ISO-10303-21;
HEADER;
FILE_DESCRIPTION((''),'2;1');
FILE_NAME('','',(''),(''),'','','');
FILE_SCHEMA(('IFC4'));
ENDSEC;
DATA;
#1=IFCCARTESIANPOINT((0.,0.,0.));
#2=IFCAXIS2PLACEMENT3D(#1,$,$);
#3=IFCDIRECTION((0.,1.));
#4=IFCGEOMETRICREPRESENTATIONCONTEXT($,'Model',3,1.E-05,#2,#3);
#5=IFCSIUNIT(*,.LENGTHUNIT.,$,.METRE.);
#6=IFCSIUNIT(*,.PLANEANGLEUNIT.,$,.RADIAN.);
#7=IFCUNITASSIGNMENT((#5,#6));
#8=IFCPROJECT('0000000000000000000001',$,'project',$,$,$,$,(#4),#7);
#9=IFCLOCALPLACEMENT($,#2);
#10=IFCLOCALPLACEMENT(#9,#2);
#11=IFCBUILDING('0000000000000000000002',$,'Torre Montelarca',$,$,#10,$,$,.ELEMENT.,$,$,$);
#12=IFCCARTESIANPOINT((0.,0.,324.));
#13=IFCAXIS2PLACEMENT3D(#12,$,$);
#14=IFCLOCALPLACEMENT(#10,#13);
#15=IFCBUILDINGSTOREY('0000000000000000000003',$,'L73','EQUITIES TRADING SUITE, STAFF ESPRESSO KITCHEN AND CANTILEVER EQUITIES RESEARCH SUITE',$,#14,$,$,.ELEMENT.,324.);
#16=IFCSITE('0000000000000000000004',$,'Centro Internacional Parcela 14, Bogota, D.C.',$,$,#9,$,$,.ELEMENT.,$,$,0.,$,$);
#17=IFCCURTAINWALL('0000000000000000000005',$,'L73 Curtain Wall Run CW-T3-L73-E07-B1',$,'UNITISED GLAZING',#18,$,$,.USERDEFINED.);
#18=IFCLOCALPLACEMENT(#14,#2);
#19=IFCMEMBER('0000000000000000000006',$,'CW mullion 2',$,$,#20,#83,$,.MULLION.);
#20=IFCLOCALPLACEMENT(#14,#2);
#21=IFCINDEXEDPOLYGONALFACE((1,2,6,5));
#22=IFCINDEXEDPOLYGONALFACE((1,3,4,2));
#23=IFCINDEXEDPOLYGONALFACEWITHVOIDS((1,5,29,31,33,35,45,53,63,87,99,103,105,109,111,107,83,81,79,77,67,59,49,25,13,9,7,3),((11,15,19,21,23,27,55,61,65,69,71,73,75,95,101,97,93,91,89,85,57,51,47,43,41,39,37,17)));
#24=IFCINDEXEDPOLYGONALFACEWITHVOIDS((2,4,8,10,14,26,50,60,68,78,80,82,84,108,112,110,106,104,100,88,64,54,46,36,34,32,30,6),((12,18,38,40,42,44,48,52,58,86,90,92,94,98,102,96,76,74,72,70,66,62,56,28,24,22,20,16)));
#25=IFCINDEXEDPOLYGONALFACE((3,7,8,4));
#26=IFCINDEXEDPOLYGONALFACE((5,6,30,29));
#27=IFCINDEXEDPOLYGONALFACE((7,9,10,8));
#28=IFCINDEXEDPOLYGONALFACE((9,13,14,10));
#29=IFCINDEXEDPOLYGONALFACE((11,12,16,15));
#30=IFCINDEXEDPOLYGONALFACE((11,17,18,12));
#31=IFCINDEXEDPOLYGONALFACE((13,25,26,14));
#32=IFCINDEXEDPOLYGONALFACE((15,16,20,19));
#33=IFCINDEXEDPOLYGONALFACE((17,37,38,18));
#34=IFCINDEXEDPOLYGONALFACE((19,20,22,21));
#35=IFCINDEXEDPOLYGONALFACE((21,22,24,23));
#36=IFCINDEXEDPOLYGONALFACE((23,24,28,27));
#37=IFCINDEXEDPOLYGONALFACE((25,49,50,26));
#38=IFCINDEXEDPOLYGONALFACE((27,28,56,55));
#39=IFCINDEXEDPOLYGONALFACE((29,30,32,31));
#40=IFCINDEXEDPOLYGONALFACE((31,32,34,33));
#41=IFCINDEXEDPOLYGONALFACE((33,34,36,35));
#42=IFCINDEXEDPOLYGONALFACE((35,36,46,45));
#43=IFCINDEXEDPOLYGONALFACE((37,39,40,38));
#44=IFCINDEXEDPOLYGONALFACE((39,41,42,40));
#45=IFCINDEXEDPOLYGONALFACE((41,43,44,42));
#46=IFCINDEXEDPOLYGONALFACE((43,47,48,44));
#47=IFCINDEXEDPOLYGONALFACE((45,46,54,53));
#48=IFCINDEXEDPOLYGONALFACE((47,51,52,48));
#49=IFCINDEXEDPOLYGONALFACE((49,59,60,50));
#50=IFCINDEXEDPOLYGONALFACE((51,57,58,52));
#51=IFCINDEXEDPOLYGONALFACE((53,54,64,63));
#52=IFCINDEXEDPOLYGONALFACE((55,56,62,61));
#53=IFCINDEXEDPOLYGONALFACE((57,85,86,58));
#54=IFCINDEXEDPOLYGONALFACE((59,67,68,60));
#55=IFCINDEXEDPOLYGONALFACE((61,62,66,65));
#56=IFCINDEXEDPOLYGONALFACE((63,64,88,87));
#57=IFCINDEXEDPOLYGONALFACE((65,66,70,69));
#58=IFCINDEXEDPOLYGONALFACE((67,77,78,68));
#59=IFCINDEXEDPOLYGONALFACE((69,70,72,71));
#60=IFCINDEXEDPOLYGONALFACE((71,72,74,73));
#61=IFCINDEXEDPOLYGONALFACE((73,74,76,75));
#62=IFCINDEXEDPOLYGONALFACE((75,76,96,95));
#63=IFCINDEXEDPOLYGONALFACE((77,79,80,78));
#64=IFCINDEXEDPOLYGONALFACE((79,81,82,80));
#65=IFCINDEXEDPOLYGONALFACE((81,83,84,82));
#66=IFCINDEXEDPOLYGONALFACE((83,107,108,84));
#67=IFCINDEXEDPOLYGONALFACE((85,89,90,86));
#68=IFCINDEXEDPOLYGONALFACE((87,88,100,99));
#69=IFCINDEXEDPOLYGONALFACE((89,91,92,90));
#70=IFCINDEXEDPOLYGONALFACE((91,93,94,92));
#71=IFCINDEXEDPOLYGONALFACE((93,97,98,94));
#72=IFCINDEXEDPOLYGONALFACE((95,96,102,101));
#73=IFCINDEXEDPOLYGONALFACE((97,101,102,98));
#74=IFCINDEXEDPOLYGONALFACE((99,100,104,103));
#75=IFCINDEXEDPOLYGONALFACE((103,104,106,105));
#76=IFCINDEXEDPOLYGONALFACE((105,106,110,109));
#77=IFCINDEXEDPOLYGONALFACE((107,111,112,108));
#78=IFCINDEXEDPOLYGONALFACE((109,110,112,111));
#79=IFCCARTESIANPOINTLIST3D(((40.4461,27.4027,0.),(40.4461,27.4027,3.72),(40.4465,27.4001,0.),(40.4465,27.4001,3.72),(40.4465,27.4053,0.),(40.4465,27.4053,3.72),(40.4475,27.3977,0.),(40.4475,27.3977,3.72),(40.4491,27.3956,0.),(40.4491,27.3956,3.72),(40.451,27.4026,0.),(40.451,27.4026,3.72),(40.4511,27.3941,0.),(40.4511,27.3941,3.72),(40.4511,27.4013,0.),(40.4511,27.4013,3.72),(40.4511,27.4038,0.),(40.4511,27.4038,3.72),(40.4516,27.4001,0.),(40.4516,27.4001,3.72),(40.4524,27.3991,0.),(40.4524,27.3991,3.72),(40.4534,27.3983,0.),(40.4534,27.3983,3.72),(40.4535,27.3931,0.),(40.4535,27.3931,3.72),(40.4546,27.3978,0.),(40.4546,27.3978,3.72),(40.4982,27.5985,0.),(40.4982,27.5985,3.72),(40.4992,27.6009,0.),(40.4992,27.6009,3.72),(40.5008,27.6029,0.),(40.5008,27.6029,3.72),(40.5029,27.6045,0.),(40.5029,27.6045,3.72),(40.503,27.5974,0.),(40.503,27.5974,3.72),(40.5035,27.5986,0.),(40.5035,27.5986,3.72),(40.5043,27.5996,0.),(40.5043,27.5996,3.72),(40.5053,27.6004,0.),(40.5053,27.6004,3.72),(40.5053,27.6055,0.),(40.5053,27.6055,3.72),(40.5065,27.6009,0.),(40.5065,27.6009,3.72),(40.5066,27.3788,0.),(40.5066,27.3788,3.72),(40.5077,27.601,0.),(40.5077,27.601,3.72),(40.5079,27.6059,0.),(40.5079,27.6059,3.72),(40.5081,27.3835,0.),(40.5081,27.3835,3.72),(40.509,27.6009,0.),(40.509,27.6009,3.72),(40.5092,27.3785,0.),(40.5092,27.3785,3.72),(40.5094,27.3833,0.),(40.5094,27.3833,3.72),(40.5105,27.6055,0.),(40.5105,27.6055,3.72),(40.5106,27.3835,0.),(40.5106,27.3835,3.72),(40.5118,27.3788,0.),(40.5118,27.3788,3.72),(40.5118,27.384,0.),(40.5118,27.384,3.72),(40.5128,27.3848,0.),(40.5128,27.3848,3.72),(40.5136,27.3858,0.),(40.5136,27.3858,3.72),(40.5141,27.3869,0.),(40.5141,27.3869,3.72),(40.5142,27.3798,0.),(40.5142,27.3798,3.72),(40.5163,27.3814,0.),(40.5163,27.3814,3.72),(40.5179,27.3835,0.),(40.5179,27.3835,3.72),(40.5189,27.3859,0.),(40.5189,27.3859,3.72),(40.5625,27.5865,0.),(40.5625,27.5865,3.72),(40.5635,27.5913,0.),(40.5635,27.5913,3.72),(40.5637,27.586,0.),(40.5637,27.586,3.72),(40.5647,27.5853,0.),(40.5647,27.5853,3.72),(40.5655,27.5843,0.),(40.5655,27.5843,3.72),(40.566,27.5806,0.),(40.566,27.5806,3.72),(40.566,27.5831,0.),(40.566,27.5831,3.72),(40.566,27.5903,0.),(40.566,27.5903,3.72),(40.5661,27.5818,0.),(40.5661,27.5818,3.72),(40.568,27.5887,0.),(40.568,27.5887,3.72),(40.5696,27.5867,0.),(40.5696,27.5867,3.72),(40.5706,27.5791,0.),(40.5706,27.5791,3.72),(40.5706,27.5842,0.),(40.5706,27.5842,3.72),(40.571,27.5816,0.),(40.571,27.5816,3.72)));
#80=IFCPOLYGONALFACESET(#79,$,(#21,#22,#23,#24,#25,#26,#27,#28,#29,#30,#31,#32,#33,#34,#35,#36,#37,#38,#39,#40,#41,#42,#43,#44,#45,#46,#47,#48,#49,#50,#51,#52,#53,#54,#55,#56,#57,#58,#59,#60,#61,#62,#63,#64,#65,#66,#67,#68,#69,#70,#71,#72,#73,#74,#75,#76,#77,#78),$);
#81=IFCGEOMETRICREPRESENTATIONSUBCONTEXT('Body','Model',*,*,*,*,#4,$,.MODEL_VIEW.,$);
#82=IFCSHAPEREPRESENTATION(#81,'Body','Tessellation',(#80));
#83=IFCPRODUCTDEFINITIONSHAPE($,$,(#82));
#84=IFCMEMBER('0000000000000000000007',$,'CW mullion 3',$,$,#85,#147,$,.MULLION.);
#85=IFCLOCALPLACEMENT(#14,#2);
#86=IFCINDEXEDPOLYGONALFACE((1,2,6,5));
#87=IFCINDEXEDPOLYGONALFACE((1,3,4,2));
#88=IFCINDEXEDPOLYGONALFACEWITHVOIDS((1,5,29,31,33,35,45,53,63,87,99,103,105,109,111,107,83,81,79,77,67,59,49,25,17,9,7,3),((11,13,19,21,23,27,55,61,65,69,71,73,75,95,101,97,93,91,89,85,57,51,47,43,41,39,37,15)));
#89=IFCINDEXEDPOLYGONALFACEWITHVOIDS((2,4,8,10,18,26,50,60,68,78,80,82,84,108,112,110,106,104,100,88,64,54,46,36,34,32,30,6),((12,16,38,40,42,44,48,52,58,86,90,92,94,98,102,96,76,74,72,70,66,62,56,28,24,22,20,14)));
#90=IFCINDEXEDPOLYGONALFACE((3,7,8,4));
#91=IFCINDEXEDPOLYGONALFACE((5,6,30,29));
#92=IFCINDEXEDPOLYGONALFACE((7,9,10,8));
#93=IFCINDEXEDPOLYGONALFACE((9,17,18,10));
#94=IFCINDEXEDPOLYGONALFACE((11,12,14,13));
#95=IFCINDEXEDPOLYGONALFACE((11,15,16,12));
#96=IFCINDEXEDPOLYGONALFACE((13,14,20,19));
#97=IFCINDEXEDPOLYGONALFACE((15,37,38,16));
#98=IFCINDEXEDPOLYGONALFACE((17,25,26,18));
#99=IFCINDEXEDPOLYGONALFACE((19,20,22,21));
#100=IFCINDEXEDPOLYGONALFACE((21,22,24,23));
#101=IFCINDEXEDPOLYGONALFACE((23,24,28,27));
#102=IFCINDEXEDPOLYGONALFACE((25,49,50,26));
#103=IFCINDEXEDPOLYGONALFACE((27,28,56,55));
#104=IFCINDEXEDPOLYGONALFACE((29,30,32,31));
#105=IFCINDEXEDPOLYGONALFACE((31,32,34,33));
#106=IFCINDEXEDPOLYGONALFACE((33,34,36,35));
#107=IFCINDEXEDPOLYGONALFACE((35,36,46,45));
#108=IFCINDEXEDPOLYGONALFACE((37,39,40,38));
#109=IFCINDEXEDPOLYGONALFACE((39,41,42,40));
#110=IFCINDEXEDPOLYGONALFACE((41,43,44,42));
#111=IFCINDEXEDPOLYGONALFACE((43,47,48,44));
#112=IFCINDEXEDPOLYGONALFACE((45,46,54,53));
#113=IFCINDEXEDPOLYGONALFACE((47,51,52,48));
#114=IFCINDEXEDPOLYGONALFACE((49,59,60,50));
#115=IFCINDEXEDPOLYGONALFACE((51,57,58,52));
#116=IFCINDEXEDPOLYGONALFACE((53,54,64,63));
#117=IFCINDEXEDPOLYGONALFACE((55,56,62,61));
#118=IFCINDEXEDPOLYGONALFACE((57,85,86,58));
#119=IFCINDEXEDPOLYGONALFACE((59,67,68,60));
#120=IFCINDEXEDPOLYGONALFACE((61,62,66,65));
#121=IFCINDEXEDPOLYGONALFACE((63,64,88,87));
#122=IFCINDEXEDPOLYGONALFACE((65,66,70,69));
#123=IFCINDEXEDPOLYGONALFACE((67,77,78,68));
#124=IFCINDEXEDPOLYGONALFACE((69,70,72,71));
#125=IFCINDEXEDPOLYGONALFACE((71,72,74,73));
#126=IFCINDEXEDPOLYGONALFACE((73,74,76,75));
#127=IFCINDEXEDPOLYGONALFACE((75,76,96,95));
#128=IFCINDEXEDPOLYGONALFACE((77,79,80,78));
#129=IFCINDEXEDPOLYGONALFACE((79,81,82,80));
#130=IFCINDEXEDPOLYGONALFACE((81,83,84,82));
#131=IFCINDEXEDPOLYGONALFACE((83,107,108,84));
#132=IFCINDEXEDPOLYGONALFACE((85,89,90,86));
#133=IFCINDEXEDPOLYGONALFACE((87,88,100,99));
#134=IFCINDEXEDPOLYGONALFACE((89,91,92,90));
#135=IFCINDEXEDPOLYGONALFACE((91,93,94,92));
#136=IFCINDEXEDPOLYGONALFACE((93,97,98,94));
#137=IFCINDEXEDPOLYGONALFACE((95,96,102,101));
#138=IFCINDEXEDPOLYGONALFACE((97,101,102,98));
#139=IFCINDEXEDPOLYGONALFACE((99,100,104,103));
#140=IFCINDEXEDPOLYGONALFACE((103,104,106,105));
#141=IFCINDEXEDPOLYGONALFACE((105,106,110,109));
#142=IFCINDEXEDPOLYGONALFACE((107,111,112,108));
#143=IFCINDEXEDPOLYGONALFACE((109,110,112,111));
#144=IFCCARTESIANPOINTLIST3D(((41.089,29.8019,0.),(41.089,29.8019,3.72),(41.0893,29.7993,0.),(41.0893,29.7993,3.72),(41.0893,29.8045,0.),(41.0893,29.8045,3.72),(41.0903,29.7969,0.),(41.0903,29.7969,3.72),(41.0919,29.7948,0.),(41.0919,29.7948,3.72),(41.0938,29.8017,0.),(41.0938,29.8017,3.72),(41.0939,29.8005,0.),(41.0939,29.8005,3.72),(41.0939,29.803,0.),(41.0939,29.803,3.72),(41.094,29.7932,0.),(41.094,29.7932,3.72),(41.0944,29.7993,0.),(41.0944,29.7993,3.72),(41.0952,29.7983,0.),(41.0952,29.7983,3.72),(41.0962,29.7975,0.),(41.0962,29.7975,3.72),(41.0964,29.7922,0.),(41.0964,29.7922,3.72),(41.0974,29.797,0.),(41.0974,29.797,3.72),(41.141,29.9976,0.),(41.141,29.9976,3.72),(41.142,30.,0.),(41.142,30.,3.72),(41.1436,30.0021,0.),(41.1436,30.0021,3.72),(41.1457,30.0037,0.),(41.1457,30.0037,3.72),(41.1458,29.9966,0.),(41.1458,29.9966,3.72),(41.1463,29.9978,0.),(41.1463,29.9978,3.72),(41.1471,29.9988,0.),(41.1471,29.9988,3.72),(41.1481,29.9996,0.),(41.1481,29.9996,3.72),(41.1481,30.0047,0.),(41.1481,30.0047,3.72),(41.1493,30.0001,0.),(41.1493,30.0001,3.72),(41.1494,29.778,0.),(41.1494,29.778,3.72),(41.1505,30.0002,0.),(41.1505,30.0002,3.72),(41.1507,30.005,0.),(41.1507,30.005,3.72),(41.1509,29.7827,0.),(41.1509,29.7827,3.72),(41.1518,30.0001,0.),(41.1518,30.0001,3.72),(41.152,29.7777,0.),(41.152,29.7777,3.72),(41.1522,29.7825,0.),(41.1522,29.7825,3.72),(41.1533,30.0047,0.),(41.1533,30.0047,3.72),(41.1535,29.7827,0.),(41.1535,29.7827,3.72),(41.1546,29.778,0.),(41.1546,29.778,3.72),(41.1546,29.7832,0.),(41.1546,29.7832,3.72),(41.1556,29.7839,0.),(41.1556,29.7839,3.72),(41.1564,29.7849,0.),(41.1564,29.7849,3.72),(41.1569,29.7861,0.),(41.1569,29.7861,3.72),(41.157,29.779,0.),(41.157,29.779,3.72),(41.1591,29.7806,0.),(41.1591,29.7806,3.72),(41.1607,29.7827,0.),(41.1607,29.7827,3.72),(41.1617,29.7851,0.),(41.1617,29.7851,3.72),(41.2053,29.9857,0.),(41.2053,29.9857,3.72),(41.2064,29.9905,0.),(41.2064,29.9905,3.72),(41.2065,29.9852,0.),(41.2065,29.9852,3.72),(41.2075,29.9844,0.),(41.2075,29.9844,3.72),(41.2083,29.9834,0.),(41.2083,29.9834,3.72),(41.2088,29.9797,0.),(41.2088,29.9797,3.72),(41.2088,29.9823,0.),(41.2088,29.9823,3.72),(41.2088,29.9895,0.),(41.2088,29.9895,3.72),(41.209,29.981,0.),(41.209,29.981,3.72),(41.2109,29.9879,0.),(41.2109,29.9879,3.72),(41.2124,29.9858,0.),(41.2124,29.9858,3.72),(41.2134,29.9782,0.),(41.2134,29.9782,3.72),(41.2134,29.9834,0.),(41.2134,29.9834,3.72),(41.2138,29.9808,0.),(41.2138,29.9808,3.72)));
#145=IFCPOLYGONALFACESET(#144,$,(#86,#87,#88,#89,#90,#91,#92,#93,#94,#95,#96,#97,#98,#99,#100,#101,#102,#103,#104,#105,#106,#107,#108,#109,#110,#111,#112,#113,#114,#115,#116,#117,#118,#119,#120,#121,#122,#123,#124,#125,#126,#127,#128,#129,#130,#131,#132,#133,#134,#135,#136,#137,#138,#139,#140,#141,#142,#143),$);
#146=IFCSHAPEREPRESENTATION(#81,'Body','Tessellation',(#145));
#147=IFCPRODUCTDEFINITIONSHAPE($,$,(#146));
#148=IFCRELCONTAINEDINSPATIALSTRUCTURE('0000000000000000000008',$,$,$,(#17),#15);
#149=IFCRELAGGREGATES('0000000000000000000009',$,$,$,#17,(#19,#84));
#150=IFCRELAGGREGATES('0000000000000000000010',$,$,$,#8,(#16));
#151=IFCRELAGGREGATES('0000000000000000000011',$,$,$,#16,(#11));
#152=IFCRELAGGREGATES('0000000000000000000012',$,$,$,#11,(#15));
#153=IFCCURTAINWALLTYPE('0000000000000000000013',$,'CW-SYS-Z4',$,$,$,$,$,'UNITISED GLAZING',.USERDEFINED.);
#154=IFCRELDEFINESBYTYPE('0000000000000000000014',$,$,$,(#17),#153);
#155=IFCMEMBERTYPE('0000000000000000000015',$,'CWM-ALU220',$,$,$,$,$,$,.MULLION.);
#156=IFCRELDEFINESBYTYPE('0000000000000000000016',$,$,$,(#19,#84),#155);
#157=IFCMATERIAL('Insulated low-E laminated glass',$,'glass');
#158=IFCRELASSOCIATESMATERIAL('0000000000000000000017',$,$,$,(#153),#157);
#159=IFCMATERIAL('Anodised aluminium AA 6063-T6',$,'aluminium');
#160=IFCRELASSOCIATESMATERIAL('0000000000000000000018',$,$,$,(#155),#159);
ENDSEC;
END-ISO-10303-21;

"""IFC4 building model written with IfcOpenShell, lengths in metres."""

from ifc_helpers import new_model, si_unit, direction, frame, origin, origin_2d, place, context, subcontext, project, spatial, hollow_rectangle, extrude, source, transform, mapped, material, material_profile, profile_set, type_object, element, aggregate, save


model = new_model("IFC4")

# Units and contexts
model_context = context("Model", 3, precision=1e-05, world=origin(), true_north=direction((0.0, 1.0)))
body_context = subcontext(model_context, "Body", "Model", "MODEL_VIEW")
ifc_project = project(units=[si_unit("LENGTHUNIT", "METRE"), si_unit("PLANEANGLEUNIT", "RADIAN")], contexts=[model_context])

# Site, building, storey
site_placement = place(None, origin())
site = spatial("IfcSite", under=ifc_project, at=site_placement, Name="Centro Internacional Parcela 14, Bogota, D.C.", CompositionType="ELEMENT", RefElevation=0.0)
building_placement = place(site_placement, origin())
building = spatial("IfcBuilding", under=site, at=building_placement, Name="Torre Montelarca", CompositionType="ELEMENT")
storey_placement = place(building_placement, frame((0.0, 0.0, 324.0)))
storey = spatial("IfcBuildingStorey", under=building, at=storey_placement, Name="L73", Description="EQUITIES TRADING SUITE, STAFF ESPRESSO KITCHEN AND CANTILEVER EQUITIES RESEARCH SUITE", CompositionType="ELEMENT", Elevation=324.0)

# Curtain wall, members
ifc_material_1 = material(Name="Insulated low-E laminated glass", Category="glass")
curtain_wall_type = type_object("IfcCurtainWallType", Name="CW-SYS-Z4", ElementType="UNITISED GLAZING", PredefinedType="USERDEFINED", material=ifc_material_1)
curtain_wall_1_placement = place(storey_placement, origin())
curtain_wall_1 = element("IfcCurtainWall", 1, at=curtain_wall_1_placement, inside=storey, type_object=curtain_wall_type, Name="L73 Curtain Wall Run CW-T3-L73-E07-B1", ObjectType="UNITISED GLAZING", PredefinedType="USERDEFINED")
ifc_material_2 = material(Name="Anodised aluminium AA 6063-T6", Category="aluminium")
ifc_material_profile_1 = material_profile(ifc_material_2, hollow_rectangle(XDim=0.075, YDim=0.22, WallThickness=0.0049, InnerFilletRadius=0.0049, OuterFilletRadius=0.01, at=origin_2d()), Name="ALU75X220X5", Category="aluminium")
ifc_profile_set_1 = profile_set([ifc_material_profile_1], Name="Anodised aluminium AA 6063-T6")
member_type_1 = type_object("IfcMemberType", Name="CWM-ALU220", PredefinedType="MULLION", material=ifc_profile_set_1)
shared_shape_1 = source(origin(), body_context, "Body", "SweptSolid", [
    extrude(hollow_rectangle(XDim=0.075, YDim=0.22, WallThickness=0.0049, InnerFilletRadius=0.0049, OuterFilletRadius=0.01, at=origin_2d()), origin(), (0.0, 0.0, 1.0), 3.72),
])
member_1_placement = place(storey_placement, frame((40.5085, 27.4922, 0.0), z_axis=(0.0, 0.0, 1.0), x_axis=(-0.965927, 0.258815, 0.0)))
member_1 = element("IfcMember", 2, at=member_1_placement, type_object=member_type_1, Name="CW mullion 2", PredefinedType="MULLION", context=body_context, shape_type="MappedRepresentation", body=[
    mapped(shared_shape_1, transform((0.0, 0.0, 0.0), scale=1.0)),
])
member_2_placement = place(storey_placement, frame((41.1514, 29.8914, 0.0), z_axis=(0.0, 0.0, 1.0), x_axis=(-0.965927, 0.258815, 0.0)))
member_2 = element("IfcMember", 3, at=member_2_placement, type_object=member_type_1, Name="CW mullion 3", PredefinedType="MULLION", context=body_context, shape_type="MappedRepresentation", body=[
    mapped(shared_shape_1, transform((0.0, 0.0, 0.0), scale=1.0)),
])

aggregate(curtain_wall_1, [member_1, member_2])

save(model, "model.ifc")
